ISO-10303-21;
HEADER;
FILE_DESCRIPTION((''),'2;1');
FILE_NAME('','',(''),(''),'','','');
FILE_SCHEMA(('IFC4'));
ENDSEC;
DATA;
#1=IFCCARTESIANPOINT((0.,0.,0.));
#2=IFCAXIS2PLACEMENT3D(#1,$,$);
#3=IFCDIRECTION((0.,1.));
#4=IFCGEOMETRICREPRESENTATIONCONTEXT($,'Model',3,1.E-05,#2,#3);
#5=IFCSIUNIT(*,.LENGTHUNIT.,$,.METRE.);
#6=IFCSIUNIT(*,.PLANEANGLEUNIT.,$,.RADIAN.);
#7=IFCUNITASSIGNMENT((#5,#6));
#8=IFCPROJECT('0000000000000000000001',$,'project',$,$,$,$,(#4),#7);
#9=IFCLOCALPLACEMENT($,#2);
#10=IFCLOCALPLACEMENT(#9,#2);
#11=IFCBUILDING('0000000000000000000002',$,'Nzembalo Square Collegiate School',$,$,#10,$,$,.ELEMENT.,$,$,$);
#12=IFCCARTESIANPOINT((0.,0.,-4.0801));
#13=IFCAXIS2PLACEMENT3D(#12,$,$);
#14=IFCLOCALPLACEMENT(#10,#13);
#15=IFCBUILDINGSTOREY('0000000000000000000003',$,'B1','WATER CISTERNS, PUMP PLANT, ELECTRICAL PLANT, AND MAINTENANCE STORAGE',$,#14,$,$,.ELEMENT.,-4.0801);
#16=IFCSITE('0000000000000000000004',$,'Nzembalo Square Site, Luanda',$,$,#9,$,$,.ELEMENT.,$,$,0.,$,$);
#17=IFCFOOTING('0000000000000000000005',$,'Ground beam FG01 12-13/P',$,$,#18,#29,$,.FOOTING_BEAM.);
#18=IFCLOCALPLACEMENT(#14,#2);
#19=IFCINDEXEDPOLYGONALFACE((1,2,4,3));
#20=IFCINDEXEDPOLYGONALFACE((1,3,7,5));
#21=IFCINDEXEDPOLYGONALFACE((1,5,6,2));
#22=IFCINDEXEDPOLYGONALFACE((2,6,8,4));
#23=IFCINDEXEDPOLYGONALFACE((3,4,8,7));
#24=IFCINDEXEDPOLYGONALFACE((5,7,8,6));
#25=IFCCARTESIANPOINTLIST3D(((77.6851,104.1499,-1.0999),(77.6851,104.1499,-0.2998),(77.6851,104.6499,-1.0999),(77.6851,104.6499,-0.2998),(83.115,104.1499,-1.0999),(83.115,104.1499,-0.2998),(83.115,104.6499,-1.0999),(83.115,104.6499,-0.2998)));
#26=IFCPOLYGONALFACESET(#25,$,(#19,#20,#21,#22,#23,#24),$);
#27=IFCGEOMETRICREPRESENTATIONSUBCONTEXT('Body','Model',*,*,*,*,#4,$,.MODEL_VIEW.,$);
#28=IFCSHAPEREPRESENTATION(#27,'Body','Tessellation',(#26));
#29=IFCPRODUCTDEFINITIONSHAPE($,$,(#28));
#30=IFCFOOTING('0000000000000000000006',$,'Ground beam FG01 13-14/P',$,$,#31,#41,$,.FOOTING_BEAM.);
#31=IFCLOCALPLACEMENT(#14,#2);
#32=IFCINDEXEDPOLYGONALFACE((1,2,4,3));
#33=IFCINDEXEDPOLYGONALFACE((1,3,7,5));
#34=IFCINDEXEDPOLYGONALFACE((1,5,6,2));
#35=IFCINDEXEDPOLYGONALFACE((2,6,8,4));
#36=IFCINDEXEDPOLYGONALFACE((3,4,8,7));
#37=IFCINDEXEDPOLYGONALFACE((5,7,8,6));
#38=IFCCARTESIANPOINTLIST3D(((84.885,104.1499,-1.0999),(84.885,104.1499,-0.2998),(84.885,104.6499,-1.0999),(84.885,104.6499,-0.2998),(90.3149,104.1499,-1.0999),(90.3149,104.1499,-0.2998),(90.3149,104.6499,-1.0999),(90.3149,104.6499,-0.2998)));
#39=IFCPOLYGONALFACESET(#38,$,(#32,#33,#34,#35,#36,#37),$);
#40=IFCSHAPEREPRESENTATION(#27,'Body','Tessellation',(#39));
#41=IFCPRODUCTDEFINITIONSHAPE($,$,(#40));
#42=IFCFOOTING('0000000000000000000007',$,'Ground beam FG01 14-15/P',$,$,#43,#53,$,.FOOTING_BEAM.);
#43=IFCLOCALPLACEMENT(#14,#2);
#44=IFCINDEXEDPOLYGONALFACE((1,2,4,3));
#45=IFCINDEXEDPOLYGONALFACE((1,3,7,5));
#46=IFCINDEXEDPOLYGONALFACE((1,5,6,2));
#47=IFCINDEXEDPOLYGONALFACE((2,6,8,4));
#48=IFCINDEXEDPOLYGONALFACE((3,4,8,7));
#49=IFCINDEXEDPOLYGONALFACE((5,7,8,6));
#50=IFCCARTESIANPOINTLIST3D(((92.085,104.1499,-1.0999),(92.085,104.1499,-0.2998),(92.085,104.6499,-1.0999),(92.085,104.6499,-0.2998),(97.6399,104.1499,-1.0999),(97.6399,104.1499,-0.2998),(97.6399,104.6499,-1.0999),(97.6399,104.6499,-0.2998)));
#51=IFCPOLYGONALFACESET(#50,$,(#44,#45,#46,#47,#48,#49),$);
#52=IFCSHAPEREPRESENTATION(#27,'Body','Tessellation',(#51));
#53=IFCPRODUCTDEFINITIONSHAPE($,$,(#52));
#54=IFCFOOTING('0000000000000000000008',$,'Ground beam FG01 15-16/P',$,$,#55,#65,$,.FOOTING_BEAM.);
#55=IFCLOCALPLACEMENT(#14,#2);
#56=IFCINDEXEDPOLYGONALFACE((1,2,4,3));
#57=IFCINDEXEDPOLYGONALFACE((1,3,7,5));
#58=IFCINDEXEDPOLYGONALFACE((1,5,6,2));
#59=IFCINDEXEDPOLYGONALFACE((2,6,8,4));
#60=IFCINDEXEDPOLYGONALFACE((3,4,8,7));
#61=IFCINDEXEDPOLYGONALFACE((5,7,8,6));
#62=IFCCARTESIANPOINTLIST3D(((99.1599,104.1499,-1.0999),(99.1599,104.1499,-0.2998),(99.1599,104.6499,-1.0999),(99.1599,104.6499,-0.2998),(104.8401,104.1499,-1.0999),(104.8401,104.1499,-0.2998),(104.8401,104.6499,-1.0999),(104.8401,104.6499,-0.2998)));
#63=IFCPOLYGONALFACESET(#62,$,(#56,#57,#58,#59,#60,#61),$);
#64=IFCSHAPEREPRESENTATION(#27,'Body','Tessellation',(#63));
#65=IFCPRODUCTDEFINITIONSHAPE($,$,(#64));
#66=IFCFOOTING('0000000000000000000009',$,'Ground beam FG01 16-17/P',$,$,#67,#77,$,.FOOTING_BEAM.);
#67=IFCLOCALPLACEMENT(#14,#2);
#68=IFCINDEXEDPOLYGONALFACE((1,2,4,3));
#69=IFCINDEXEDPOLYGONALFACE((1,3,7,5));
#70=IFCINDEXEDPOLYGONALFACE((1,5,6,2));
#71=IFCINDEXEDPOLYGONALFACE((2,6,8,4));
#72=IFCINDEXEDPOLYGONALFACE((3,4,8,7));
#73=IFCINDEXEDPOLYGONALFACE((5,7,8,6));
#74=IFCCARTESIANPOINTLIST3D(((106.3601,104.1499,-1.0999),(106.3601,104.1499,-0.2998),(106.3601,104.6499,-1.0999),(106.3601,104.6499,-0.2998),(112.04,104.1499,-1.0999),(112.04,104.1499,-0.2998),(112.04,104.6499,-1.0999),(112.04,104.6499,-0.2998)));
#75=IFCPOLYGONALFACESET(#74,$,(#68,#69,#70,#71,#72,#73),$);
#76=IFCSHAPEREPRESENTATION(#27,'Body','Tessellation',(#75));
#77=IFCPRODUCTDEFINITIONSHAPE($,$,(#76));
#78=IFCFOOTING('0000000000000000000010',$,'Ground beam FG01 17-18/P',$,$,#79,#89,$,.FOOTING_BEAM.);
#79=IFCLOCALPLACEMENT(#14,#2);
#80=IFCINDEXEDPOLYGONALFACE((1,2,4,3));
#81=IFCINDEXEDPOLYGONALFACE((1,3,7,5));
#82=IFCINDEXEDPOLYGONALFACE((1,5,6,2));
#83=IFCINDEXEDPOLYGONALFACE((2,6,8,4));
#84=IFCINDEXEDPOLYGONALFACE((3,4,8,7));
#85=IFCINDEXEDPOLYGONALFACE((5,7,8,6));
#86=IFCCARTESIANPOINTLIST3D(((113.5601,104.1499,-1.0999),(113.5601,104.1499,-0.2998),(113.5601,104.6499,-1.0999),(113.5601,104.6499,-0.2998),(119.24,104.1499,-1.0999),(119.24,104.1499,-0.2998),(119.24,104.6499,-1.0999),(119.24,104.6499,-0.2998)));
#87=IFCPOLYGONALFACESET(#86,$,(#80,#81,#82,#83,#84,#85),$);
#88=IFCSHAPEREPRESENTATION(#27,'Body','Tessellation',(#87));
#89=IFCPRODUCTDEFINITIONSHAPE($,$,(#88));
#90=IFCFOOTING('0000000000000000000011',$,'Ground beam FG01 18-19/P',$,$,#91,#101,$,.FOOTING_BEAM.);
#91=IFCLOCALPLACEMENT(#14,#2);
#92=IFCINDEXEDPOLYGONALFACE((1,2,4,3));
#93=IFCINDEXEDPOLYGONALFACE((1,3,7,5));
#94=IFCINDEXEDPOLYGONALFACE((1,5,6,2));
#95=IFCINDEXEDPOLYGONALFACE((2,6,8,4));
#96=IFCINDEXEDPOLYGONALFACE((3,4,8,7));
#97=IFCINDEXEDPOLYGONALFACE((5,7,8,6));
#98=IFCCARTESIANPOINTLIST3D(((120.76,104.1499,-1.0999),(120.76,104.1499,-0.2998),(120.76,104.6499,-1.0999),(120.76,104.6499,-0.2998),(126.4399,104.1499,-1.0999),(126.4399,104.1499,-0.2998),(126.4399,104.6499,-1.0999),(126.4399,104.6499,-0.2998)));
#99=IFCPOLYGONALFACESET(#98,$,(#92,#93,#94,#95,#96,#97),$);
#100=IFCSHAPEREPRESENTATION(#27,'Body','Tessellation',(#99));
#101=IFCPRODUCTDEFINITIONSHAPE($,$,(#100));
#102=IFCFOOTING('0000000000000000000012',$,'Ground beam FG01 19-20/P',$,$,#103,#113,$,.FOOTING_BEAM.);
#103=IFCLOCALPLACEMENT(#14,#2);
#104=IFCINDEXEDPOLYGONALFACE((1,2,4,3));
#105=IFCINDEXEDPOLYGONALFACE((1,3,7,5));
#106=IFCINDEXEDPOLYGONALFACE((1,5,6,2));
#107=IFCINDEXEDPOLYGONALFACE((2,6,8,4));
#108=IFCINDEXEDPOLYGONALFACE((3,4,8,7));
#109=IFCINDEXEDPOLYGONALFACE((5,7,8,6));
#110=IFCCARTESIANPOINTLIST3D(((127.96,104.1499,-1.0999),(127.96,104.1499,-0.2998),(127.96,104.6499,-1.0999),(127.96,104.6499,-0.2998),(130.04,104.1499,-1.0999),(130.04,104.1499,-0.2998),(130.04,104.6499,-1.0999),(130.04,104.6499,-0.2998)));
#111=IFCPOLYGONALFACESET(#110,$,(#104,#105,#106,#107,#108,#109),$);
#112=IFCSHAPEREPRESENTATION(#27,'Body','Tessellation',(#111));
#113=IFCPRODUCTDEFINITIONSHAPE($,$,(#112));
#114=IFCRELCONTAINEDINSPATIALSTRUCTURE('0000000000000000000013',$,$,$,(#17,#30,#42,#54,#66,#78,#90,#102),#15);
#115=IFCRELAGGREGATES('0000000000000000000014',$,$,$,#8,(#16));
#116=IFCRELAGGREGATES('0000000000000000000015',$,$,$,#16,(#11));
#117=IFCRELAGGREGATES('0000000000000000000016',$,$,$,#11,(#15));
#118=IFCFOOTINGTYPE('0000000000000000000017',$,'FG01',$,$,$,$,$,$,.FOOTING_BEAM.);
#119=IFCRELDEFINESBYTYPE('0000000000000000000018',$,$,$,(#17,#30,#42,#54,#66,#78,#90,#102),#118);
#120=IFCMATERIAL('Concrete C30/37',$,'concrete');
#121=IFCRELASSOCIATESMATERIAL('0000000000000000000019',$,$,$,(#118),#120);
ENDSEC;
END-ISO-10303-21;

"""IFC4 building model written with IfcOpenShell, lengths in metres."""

from ifc_helpers import new_model, si_unit, direction, frame, origin, place, context, subcontext, project, spatial, polyline, outline, extrude, material, type_object, element, save


model = new_model("IFC4")

# Units and contexts
model_context = context("Model", 3, precision=1e-05, world=origin(), true_north=direction((0.0, 1.0)))
body_context = subcontext(model_context, "Body", "Model", "MODEL_VIEW")
ifc_project = project(units=[si_unit("LENGTHUNIT", "METRE"), si_unit("PLANEANGLEUNIT", "RADIAN")], contexts=[model_context])

# Site, building, storey
site_placement = place(None, origin())
site = spatial("IfcSite", under=ifc_project, at=site_placement, Name="Nzembalo Square Site, Luanda", CompositionType="ELEMENT", RefElevation=0.0)
building_placement = place(site_placement, origin())
building = spatial("IfcBuilding", under=site, at=building_placement, Name="Nzembalo Square Collegiate School", CompositionType="ELEMENT")
storey_placement = place(building_placement, frame((0.0, 0.0, -4.0801)))
storey = spatial("IfcBuildingStorey", under=building, at=storey_placement, Name="B1", Description="WATER CISTERNS, PUMP PLANT, ELECTRICAL PLANT, AND MAINTENANCE STORAGE", CompositionType="ELEMENT", Elevation=-4.0801)

# Footings
ifc_material = material(Name="Concrete C30/37", Category="concrete")
footing_type = type_object("IfcFootingType", Name="FG01", PredefinedType="FOOTING_BEAM", material=ifc_material)
footing_1_placement = place(storey_placement, frame((0.0, 0.0, -1.0999)))
element("IfcFooting", 1, at=footing_1_placement, inside=storey, type_object=footing_type, Name="Ground beam FG01 12-13/P", PredefinedType="FOOTING_BEAM", context=body_context, shape_type="SweptSolid", body=[
    extrude(outline(polyline([(77.6851, 104.1499), (83.115, 104.1499), (83.115, 104.6499), (77.6851, 104.6499), (77.6851, 104.1499)])), origin(), (0.0, 0.0, 1.0), 0.8),
])
footing_2_placement = place(storey_placement, frame((0.0, 0.0, -1.0999)))
element("IfcFooting", 2, at=footing_2_placement, inside=storey, type_object=footing_type, Name="Ground beam FG01 13-14/P", PredefinedType="FOOTING_BEAM", context=body_context, shape_type="SweptSolid", body=[
    extrude(outline(polyline([(84.885, 104.1499), (90.3149, 104.1499), (90.3149, 104.6499), (84.885, 104.6499), (84.885, 104.1499)])), origin(), (0.0, 0.0, 1.0), 0.8),
])
footing_3_placement = place(storey_placement, frame((0.0, 0.0, -1.0999)))
element("IfcFooting", 3, at=footing_3_placement, inside=storey, type_object=footing_type, Name="Ground beam FG01 14-15/P", PredefinedType="FOOTING_BEAM", context=body_context, shape_type="SweptSolid", body=[
    extrude(outline(polyline([(92.085, 104.1499), (97.6399, 104.1499), (97.6399, 104.6499), (92.085, 104.6499), (92.085, 104.1499)])), origin(), (0.0, 0.0, 1.0), 0.8),
])
footing_4_placement = place(storey_placement, frame((0.0, 0.0, -1.0999)))
element("IfcFooting", 4, at=footing_4_placement, inside=storey, type_object=footing_type, Name="Ground beam FG01 15-16/P", PredefinedType="FOOTING_BEAM", context=body_context, shape_type="SweptSolid", body=[
    extrude(outline(polyline([(99.1599, 104.1499), (104.8401, 104.1499), (104.8401, 104.6499), (99.1599, 104.6499), (99.1599, 104.1499)])), origin(), (0.0, 0.0, 1.0), 0.8),
])
footing_5_placement = place(storey_placement, frame((0.0, 0.0, -1.0999)))
element("IfcFooting", 5, at=footing_5_placement, inside=storey, type_object=footing_type, Name="Ground beam FG01 16-17/P", PredefinedType="FOOTING_BEAM", context=body_context, shape_type="SweptSolid", body=[
    extrude(outline(polyline([(106.3601, 104.1499), (112.04, 104.1499), (112.04, 104.6499), (106.3601, 104.6499), (106.3601, 104.1499)])), origin(), (0.0, 0.0, 1.0), 0.8),
])
footing_6_placement = place(storey_placement, frame((0.0, 0.0, -1.0999)))
element("IfcFooting", 6, at=footing_6_placement, inside=storey, type_object=footing_type, Name="Ground beam FG01 17-18/P", PredefinedType="FOOTING_BEAM", context=body_context, shape_type="SweptSolid", body=[
    extrude(outline(polyline([(113.5601, 104.1499), (119.24, 104.1499), (119.24, 104.6499), (113.5601, 104.6499), (113.5601, 104.1499)])), origin(), (0.0, 0.0, 1.0), 0.8),
])
footing_7_placement = place(storey_placement, frame((0.0, 0.0, -1.0999)))
element("IfcFooting", 7, at=footing_7_placement, inside=storey, type_object=footing_type, Name="Ground beam FG01 18-19/P", PredefinedType="FOOTING_BEAM", context=body_context, shape_type="SweptSolid", body=[
    extrude(outline(polyline([(120.76, 104.1499), (126.4399, 104.1499), (126.4399, 104.6499), (120.76, 104.6499), (120.76, 104.1499)])), origin(), (0.0, 0.0, 1.0), 0.8),
])
footing_8_placement = place(storey_placement, frame((0.0, 0.0, -1.0999)))
element("IfcFooting", 8, at=footing_8_placement, inside=storey, type_object=footing_type, Name="Ground beam FG01 19-20/P", PredefinedType="FOOTING_BEAM", context=body_context, shape_type="SweptSolid", body=[
    extrude(outline(polyline([(127.96, 104.1499), (130.04, 104.1499), (130.04, 104.6499), (127.96, 104.6499), (127.96, 104.1499)])), origin(), (0.0, 0.0, 1.0), 0.8),
])

save(model, "model.ifc")
